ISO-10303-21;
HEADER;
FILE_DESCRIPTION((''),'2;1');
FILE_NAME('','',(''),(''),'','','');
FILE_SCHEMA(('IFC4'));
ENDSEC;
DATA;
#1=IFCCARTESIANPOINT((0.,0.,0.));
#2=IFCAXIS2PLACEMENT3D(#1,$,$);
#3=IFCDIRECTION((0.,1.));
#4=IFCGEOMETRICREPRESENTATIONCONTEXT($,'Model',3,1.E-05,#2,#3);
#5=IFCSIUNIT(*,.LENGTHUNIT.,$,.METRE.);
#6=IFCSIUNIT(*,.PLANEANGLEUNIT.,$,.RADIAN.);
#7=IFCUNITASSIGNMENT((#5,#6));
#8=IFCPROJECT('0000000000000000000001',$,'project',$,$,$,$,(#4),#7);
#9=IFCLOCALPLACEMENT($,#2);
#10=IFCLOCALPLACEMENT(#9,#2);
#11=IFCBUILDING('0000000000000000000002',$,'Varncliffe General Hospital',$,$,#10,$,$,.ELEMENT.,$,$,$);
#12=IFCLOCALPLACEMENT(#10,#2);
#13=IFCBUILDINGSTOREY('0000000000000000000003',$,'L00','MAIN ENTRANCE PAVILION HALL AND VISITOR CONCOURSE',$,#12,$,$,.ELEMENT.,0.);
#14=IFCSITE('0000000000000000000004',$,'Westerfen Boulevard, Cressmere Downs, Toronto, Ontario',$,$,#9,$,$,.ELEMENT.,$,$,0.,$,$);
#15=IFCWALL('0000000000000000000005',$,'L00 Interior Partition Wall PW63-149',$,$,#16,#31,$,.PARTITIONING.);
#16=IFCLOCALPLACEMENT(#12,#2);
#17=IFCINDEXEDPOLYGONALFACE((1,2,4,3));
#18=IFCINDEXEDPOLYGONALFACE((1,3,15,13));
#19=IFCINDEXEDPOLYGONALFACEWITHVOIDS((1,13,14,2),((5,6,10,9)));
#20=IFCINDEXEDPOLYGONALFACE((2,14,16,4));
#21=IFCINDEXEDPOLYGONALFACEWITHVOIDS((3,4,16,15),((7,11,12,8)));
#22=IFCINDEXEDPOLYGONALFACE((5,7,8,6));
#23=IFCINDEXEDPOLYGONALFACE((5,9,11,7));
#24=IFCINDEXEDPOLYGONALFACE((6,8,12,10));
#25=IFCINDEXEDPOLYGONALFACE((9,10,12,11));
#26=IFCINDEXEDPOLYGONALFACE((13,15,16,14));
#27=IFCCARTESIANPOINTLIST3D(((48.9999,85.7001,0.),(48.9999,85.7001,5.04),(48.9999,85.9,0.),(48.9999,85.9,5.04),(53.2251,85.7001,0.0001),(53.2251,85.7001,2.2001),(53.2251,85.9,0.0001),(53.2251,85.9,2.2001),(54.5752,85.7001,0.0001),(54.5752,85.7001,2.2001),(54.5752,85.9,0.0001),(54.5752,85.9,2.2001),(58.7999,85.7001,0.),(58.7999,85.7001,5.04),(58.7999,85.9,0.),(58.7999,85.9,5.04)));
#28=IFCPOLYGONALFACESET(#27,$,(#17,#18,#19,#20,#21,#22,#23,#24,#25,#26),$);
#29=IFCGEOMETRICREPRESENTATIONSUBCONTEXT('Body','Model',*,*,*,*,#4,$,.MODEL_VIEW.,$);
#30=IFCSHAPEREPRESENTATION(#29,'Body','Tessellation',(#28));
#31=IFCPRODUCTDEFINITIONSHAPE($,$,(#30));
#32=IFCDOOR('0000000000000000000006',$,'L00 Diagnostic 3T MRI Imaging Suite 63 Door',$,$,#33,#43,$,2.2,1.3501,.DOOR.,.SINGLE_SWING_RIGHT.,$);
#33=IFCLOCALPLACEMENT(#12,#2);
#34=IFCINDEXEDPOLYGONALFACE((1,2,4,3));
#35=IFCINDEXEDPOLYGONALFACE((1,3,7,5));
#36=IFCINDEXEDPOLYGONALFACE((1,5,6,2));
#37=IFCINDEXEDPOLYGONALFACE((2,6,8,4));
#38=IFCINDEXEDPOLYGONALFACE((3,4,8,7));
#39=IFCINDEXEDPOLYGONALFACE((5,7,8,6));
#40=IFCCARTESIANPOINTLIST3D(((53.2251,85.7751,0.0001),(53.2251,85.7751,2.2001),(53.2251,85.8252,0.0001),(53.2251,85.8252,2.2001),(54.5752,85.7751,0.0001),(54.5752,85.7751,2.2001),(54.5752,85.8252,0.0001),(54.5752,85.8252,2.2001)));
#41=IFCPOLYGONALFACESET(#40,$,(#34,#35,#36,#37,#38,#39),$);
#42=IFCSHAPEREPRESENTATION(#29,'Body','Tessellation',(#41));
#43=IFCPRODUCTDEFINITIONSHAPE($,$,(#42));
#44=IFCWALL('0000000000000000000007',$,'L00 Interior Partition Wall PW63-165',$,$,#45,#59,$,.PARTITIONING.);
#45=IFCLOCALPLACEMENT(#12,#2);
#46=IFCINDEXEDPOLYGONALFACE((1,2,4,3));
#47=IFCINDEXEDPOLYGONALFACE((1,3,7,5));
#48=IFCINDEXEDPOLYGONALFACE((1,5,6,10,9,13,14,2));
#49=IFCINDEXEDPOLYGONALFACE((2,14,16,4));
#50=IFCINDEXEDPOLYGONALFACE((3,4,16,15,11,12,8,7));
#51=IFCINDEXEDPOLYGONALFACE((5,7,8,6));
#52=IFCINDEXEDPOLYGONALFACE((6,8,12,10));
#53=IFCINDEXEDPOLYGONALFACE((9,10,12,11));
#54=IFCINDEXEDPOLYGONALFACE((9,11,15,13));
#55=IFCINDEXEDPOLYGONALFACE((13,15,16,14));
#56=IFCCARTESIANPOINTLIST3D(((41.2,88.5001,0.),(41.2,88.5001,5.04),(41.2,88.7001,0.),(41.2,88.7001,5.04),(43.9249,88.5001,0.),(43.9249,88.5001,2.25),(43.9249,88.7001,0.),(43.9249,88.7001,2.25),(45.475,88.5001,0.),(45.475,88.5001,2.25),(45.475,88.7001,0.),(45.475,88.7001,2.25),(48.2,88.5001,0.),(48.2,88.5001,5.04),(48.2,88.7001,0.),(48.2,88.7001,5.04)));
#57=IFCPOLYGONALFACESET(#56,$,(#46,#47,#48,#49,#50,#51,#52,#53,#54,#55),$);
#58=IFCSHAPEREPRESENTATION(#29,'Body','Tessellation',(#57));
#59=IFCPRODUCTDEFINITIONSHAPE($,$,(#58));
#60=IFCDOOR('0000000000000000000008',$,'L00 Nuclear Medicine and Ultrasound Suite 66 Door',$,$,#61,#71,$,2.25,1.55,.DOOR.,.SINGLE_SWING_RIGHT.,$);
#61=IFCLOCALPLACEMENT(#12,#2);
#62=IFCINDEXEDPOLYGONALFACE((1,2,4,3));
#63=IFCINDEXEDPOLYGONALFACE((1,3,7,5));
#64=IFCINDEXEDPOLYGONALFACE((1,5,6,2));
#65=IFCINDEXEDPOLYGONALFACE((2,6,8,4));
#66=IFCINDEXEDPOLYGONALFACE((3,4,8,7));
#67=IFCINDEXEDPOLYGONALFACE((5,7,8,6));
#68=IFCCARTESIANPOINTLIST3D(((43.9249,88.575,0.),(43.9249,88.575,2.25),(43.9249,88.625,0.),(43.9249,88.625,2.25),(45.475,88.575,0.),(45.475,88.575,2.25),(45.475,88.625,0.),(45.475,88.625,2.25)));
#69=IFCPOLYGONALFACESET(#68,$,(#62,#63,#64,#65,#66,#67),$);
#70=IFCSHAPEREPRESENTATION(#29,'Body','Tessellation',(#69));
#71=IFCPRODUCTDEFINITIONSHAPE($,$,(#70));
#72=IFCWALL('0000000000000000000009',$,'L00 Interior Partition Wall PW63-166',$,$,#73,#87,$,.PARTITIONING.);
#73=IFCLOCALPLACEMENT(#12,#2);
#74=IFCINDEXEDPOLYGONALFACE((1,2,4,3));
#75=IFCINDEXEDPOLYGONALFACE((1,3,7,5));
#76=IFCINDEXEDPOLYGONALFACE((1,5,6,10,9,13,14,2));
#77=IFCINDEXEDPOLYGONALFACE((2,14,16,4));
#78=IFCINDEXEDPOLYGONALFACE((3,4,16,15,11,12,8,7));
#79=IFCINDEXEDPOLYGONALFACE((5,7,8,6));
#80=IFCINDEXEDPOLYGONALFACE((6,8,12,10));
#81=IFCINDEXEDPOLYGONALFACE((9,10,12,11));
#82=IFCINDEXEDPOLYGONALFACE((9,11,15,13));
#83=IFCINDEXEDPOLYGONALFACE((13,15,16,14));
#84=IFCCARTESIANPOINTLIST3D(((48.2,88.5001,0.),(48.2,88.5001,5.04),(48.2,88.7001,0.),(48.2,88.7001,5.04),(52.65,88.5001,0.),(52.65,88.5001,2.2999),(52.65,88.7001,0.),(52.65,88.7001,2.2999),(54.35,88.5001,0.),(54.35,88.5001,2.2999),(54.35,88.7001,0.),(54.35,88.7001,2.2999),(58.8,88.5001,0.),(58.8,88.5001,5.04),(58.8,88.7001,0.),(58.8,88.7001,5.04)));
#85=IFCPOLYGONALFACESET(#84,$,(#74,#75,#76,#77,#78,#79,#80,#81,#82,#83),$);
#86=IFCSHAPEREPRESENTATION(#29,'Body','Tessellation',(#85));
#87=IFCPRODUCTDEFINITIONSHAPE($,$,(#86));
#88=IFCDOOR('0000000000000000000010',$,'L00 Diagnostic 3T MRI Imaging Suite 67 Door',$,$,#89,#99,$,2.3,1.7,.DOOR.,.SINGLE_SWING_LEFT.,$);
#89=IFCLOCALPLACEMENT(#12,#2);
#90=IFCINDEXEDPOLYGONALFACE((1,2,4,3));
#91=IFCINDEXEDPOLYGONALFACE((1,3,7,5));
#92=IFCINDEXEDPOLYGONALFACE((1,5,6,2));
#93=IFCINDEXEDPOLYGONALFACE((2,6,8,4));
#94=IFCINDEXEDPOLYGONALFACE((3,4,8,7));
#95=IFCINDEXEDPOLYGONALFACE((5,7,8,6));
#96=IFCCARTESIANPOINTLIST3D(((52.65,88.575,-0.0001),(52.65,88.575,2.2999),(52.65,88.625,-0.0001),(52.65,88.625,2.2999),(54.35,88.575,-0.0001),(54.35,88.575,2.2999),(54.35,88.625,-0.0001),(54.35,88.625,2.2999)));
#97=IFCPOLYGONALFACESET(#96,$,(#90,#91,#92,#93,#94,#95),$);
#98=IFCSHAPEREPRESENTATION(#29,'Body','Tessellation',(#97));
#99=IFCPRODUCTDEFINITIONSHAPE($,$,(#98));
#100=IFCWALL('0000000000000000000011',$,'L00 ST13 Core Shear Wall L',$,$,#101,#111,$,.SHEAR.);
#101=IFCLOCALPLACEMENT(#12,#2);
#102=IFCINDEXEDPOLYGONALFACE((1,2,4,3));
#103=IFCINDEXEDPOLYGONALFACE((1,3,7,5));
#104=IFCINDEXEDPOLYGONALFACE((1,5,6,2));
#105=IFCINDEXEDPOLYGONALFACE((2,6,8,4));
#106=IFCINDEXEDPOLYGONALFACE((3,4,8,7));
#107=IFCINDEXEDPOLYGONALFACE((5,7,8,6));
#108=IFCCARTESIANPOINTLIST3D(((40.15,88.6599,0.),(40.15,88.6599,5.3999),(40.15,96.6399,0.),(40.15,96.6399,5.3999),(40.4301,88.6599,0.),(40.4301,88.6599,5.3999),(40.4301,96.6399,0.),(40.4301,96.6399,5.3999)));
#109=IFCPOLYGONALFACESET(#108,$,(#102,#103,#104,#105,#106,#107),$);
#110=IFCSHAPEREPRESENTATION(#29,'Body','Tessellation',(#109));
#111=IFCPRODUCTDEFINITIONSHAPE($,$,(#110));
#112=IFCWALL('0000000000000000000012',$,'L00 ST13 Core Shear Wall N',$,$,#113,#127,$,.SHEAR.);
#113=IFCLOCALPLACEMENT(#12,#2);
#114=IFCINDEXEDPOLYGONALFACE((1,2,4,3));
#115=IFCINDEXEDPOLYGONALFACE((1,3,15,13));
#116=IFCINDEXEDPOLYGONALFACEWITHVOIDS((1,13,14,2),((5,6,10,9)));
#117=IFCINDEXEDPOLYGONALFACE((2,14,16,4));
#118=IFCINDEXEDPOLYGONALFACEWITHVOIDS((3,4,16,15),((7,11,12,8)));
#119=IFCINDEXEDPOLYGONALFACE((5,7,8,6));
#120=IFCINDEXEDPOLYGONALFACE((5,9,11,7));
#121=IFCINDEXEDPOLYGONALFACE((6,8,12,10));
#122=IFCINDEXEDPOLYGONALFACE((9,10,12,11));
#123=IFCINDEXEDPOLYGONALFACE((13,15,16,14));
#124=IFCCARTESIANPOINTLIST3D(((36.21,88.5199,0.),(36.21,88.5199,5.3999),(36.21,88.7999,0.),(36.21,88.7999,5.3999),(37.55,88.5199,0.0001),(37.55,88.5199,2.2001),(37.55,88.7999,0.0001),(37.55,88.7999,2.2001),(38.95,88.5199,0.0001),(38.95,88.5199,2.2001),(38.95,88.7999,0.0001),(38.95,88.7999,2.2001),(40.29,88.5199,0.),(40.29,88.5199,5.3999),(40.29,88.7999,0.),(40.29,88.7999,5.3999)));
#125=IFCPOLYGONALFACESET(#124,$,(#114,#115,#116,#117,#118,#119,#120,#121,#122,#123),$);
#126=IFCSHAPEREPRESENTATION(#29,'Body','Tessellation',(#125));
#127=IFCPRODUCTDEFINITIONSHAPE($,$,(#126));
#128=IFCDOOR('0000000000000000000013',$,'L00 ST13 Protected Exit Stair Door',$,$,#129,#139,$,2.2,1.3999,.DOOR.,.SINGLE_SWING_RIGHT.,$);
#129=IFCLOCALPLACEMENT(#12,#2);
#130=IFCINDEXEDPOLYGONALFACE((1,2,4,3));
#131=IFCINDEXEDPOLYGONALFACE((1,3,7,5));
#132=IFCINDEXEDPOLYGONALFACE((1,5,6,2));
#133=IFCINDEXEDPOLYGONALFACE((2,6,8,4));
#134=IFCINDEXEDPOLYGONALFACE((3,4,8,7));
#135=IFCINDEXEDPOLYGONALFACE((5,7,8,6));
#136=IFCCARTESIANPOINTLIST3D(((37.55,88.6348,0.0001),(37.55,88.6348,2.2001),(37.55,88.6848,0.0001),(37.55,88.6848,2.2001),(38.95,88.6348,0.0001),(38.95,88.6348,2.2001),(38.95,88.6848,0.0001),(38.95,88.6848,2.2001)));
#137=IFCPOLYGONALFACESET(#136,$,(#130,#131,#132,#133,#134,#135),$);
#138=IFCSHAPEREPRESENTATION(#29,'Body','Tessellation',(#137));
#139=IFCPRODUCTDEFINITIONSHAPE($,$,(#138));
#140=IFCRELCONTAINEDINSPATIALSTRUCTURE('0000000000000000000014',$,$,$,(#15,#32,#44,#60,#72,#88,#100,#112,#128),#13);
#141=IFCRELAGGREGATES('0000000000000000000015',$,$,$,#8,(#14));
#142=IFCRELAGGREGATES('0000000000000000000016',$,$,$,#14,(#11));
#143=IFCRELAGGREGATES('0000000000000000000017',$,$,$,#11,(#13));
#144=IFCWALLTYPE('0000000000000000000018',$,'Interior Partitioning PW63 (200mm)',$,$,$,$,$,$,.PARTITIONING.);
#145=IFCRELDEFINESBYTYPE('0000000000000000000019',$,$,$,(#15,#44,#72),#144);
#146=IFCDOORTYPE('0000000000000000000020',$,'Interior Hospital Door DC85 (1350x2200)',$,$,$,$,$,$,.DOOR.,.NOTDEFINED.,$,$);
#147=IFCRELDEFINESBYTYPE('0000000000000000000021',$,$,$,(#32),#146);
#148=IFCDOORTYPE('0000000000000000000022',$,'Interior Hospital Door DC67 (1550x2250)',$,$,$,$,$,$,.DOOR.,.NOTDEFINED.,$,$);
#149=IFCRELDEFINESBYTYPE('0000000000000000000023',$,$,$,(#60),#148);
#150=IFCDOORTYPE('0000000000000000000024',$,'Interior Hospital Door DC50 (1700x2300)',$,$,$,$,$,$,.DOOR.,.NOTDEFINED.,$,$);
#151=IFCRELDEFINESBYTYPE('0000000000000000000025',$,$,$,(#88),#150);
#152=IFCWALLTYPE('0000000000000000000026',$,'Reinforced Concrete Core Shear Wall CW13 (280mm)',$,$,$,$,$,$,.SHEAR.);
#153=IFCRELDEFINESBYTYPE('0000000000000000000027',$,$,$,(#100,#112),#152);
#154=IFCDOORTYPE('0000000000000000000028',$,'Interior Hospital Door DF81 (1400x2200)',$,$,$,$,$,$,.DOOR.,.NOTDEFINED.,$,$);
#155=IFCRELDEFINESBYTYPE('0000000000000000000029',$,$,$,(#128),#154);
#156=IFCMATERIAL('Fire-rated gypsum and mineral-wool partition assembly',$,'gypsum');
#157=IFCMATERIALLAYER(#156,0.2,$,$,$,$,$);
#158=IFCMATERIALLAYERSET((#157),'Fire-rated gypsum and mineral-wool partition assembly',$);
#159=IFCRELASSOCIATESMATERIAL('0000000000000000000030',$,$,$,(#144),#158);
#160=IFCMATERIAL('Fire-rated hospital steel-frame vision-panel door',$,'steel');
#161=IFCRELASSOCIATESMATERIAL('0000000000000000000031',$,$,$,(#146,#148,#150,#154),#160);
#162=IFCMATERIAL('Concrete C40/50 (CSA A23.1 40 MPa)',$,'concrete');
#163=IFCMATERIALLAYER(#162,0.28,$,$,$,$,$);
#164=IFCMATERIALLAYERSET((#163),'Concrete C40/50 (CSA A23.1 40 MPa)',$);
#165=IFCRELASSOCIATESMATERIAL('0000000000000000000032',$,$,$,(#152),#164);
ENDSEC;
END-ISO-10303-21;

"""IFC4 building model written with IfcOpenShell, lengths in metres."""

from ifc_helpers import new_model, si_unit, direction, frame, frame_2d, origin, place, context, subcontext, project, spatial, rectangle, extrude, material, layer, layer_set, type_object, element, fill, save


model = new_model("IFC4")

# Units and contexts
model_context = context("Model", 3, precision=1e-05, world=origin(), true_north=direction((0.0, 1.0)))
body_context = subcontext(model_context, "Body", "Model", "MODEL_VIEW")
ifc_project = project(units=[si_unit("LENGTHUNIT", "METRE"), si_unit("PLANEANGLEUNIT", "RADIAN")], contexts=[model_context])

# Site, building, storey
site_placement = place(None, origin())
site = spatial("IfcSite", under=ifc_project, at=site_placement, Name="Westerfen Boulevard, Cressmere Downs, Toronto, Ontario", CompositionType="ELEMENT", RefElevation=0.0)
building_placement = place(site_placement, origin())
building = spatial("IfcBuilding", under=site, at=building_placement, Name="Varncliffe General Hospital", CompositionType="ELEMENT")
storey_placement = place(building_placement, origin())
storey = spatial("IfcBuildingStorey", under=building, at=storey_placement, Name="L00", Description="MAIN ENTRANCE PAVILION HALL AND VISITOR CONCOURSE", CompositionType="ELEMENT", Elevation=0.0)

# Shared definitions
ifc_material_1 = material(Name="Concrete C40/50 (CSA A23.1 40 MPa)", Category="concrete")

# Walls, openings, doors
ifc_material_2 = material(Name="Fire-rated gypsum and mineral-wool partition assembly", Category="gypsum")
ifc_layer_1 = layer(ifc_material_2, 0.2)
ifc_layer_set_1 = layer_set([ifc_layer_1], Name="Fire-rated gypsum and mineral-wool partition assembly")
wall_type_1 = type_object("IfcWallType", Name="Interior Partitioning PW63 (200mm)", PredefinedType="PARTITIONING", material=ifc_layer_set_1)
ifc_material_3 = material(Name="Fire-rated hospital steel-frame vision-panel door", Category="steel")
wall_1_placement = place(storey_placement, frame((49.0, 85.8, 0.0), z_axis=(0.0, 0.0, 1.0), x_axis=(1.0, 0.0, 0.0)))
wall_1 = element("IfcWall", 1, at=wall_1_placement, inside=storey, type_object=wall_type_1, Name="L00 Interior Partition Wall PW63-149", PredefinedType="PARTITIONING", context=body_context, shape_type="SweptSolid", body=[
    extrude(rectangle(XDim=9.8, YDim=0.2, at=frame_2d((4.8999, 0.0))), origin(), (0.0, 0.0, 1.0), 5.04),
])
opening_1_placement = place(wall_1_placement, frame((4.2251, 0.0, 0.0)))
opening_1 = element("IfcOpeningElement", 2, at=opening_1_placement, cuts=wall_1, PredefinedType="OPENING", context=body_context, shape_type="SweptSolid", body=[
    extrude(rectangle(XDim=1.3501, YDim=2.2, at=frame_2d((0.675, 1.1001))), frame((0.0, 0.1099, 0.0), z_axis=(0.0, -1.0, 0.0), x_axis=(1.0, 0.0, 0.0)), (0.0, 0.0, 1.0), 0.22),
])
door_type_1 = type_object("IfcDoorType", Name="Interior Hospital Door DC85 (1350x2200)", OperationType="NOTDEFINED", PredefinedType="DOOR", material=ifc_material_3)
door_1_placement = place(opening_1_placement, frame((1.3501, 0.0, 0.0), z_axis=(0.0, 0.0, 1.0), x_axis=(-1.0, 0.0, 0.0)))
door_1 = element("IfcDoor", 3, at=door_1_placement, inside=storey, type_object=door_type_1, Name="L00 Diagnostic 3T MRI Imaging Suite 63 Door", OperationType="SINGLE_SWING_RIGHT", OverallHeight=2.2, OverallWidth=1.3501, PredefinedType="DOOR", context=body_context, shape_type="SweptSolid", body=[
    extrude(rectangle(XDim=1.3501, YDim=2.2, at=frame_2d((0.675, 1.1001))), frame((0.0, 0.0249, 0.0), z_axis=(0.0, -1.0, 0.0), x_axis=(1.0, 0.0, 0.0)), (0.0, 0.0, 1.0), 0.05),
])
fill(opening_1, door_1)
wall_2_placement = place(storey_placement, frame((41.2, 88.6001, 0.0), z_axis=(0.0, 0.0, 1.0), x_axis=(1.0, 0.0, 0.0)))
wall_2 = element("IfcWall", 4, at=wall_2_placement, inside=storey, type_object=wall_type_1, Name="L00 Interior Partition Wall PW63-165", PredefinedType="PARTITIONING", context=body_context, shape_type="SweptSolid", body=[
    extrude(rectangle(XDim=7.0, YDim=0.2, at=frame_2d((3.5, 0.0))), origin(), (0.0, 0.0, 1.0), 5.04),
])
opening_2_placement = place(wall_2_placement, frame((2.7251, 0.0, 0.0)))
opening_2 = element("IfcOpeningElement", 5, at=opening_2_placement, cuts=wall_2, PredefinedType="OPENING", context=body_context, shape_type="SweptSolid", body=[
    extrude(rectangle(XDim=1.55, YDim=2.25, at=frame_2d((0.7749, 1.125))), frame((0.0, 0.1099, 0.0), z_axis=(0.0, -1.0, 0.0), x_axis=(1.0, 0.0, 0.0)), (0.0, 0.0, 1.0), 0.22),
])
door_type_2 = type_object("IfcDoorType", Name="Interior Hospital Door DC67 (1550x2250)", OperationType="NOTDEFINED", PredefinedType="DOOR", material=ifc_material_3)
door_2_placement = place(opening_2_placement, origin())
door_2 = element("IfcDoor", 6, at=door_2_placement, inside=storey, type_object=door_type_2, Name="L00 Nuclear Medicine and Ultrasound Suite 66 Door", OperationType="SINGLE_SWING_RIGHT", OverallHeight=2.25, OverallWidth=1.55, PredefinedType="DOOR", context=body_context, shape_type="SweptSolid", body=[
    extrude(rectangle(XDim=1.55, YDim=2.25, at=frame_2d((0.7749, 1.125))), frame((0.0, 0.0249, 0.0), z_axis=(0.0, -1.0, 0.0), x_axis=(1.0, 0.0, 0.0)), (0.0, 0.0, 1.0), 0.05),
])
fill(opening_2, door_2)
wall_3_placement = place(storey_placement, frame((48.2, 88.6001, 0.0), z_axis=(0.0, 0.0, 1.0), x_axis=(1.0, 0.0, 0.0)))
wall_3 = element("IfcWall", 7, at=wall_3_placement, inside=storey, type_object=wall_type_1, Name="L00 Interior Partition Wall PW63-166", PredefinedType="PARTITIONING", context=body_context, shape_type="SweptSolid", body=[
    extrude(rectangle(XDim=10.6001, YDim=0.2, at=frame_2d((5.3, 0.0))), origin(), (0.0, 0.0, 1.0), 5.04),
])
opening_3_placement = place(wall_3_placement, frame((4.45, 0.0, 0.0)))
opening_3 = element("IfcOpeningElement", 8, at=opening_3_placement, cuts=wall_3, PredefinedType="OPENING", context=body_context, shape_type="SweptSolid", body=[
    extrude(rectangle(XDim=1.7, YDim=2.3, at=frame_2d((0.8501, 1.1499))), frame((0.0, 0.1099, 0.0), z_axis=(0.0, -1.0, 0.0), x_axis=(1.0, 0.0, 0.0)), (0.0, 0.0, 1.0), 0.22),
])
door_type_3 = type_object("IfcDoorType", Name="Interior Hospital Door DC50 (1700x2300)", OperationType="NOTDEFINED", PredefinedType="DOOR", material=ifc_material_3)
door_3_placement = place(opening_3_placement, origin())
door_3 = element("IfcDoor", 9, at=door_3_placement, inside=storey, type_object=door_type_3, Name="L00 Diagnostic 3T MRI Imaging Suite 67 Door", OperationType="SINGLE_SWING_LEFT", OverallHeight=2.3, OverallWidth=1.7, PredefinedType="DOOR", context=body_context, shape_type="SweptSolid", body=[
    extrude(rectangle(XDim=1.7, YDim=2.3, at=frame_2d((0.8501, 1.1499))), frame((0.0, 0.0249, 0.0), z_axis=(0.0, -1.0, 0.0), x_axis=(1.0, 0.0, 0.0)), (0.0, 0.0, 1.0), 0.05),
])
fill(opening_3, door_3)

# Wall
ifc_layer_2 = layer(ifc_material_1, 0.28)
ifc_layer_set_2 = layer_set([ifc_layer_2], Name="Concrete C40/50 (CSA A23.1 40 MPa)")
wall_type_2 = type_object("IfcWallType", Name="Reinforced Concrete Core Shear Wall CW13 (280mm)", PredefinedType="SHEAR", material=ifc_layer_set_2)
wall_4_placement = place(storey_placement, frame((40.29, 88.6599, 0.0), z_axis=(0.0, 0.0, 1.0), x_axis=(0.0, 1.0, 0.0)))
element("IfcWall", 10, at=wall_4_placement, inside=storey, type_object=wall_type_2, Name="L00 ST13 Core Shear Wall L", PredefinedType="SHEAR", context=body_context, shape_type="SweptSolid", body=[
    extrude(rectangle(XDim=7.98, YDim=0.28, at=frame_2d((3.99, 0.0))), origin(), (0.0, 0.0, 1.0), 5.3999),
])

# Wall, opening, door
wall_5_placement = place(storey_placement, frame((36.21, 88.6599, 0.0), z_axis=(0.0, 0.0, 1.0), x_axis=(1.0, 0.0, 0.0)))
wall_5 = element("IfcWall", 11, at=wall_5_placement, inside=storey, type_object=wall_type_2, Name="L00 ST13 Core Shear Wall N", PredefinedType="SHEAR", context=body_context, shape_type="SweptSolid", body=[
    extrude(rectangle(XDim=4.0801, YDim=0.28, at=frame_2d((2.04, 0.0))), origin(), (0.0, 0.0, 1.0), 5.3999),
])
opening_4_placement = place(wall_5_placement, frame((1.3401, 0.0, 0.0)))
opening_4 = element("IfcOpeningElement", 12, at=opening_4_placement, cuts=wall_5, PredefinedType="OPENING", context=body_context, shape_type="SweptSolid", body=[
    extrude(rectangle(XDim=1.3999, YDim=2.2, at=frame_2d((0.7, 1.1001))), frame((0.0, 0.1499, 0.0), z_axis=(0.0, -1.0, 0.0), x_axis=(1.0, 0.0, 0.0)), (0.0, 0.0, 1.0), 0.3),
])
door_type_4 = type_object("IfcDoorType", Name="Interior Hospital Door DF81 (1400x2200)", OperationType="NOTDEFINED", PredefinedType="DOOR", material=ifc_material_3)
door_4_placement = place(opening_4_placement, origin())
door_4 = element("IfcDoor", 13, at=door_4_placement, inside=storey, type_object=door_type_4, Name="L00 ST13 Protected Exit Stair Door", OperationType="SINGLE_SWING_RIGHT", OverallHeight=2.2, OverallWidth=1.3999, PredefinedType="DOOR", context=body_context, shape_type="SweptSolid", body=[
    extrude(rectangle(XDim=1.3999, YDim=2.2, at=frame_2d((0.7, 1.1001))), frame((0.0, 0.0249, 0.0), z_axis=(0.0, -1.0, 0.0), x_axis=(1.0, 0.0, 0.0)), (0.0, 0.0, 1.0), 0.05),
])
fill(opening_4, door_4)

save(model, "model.ifc")
